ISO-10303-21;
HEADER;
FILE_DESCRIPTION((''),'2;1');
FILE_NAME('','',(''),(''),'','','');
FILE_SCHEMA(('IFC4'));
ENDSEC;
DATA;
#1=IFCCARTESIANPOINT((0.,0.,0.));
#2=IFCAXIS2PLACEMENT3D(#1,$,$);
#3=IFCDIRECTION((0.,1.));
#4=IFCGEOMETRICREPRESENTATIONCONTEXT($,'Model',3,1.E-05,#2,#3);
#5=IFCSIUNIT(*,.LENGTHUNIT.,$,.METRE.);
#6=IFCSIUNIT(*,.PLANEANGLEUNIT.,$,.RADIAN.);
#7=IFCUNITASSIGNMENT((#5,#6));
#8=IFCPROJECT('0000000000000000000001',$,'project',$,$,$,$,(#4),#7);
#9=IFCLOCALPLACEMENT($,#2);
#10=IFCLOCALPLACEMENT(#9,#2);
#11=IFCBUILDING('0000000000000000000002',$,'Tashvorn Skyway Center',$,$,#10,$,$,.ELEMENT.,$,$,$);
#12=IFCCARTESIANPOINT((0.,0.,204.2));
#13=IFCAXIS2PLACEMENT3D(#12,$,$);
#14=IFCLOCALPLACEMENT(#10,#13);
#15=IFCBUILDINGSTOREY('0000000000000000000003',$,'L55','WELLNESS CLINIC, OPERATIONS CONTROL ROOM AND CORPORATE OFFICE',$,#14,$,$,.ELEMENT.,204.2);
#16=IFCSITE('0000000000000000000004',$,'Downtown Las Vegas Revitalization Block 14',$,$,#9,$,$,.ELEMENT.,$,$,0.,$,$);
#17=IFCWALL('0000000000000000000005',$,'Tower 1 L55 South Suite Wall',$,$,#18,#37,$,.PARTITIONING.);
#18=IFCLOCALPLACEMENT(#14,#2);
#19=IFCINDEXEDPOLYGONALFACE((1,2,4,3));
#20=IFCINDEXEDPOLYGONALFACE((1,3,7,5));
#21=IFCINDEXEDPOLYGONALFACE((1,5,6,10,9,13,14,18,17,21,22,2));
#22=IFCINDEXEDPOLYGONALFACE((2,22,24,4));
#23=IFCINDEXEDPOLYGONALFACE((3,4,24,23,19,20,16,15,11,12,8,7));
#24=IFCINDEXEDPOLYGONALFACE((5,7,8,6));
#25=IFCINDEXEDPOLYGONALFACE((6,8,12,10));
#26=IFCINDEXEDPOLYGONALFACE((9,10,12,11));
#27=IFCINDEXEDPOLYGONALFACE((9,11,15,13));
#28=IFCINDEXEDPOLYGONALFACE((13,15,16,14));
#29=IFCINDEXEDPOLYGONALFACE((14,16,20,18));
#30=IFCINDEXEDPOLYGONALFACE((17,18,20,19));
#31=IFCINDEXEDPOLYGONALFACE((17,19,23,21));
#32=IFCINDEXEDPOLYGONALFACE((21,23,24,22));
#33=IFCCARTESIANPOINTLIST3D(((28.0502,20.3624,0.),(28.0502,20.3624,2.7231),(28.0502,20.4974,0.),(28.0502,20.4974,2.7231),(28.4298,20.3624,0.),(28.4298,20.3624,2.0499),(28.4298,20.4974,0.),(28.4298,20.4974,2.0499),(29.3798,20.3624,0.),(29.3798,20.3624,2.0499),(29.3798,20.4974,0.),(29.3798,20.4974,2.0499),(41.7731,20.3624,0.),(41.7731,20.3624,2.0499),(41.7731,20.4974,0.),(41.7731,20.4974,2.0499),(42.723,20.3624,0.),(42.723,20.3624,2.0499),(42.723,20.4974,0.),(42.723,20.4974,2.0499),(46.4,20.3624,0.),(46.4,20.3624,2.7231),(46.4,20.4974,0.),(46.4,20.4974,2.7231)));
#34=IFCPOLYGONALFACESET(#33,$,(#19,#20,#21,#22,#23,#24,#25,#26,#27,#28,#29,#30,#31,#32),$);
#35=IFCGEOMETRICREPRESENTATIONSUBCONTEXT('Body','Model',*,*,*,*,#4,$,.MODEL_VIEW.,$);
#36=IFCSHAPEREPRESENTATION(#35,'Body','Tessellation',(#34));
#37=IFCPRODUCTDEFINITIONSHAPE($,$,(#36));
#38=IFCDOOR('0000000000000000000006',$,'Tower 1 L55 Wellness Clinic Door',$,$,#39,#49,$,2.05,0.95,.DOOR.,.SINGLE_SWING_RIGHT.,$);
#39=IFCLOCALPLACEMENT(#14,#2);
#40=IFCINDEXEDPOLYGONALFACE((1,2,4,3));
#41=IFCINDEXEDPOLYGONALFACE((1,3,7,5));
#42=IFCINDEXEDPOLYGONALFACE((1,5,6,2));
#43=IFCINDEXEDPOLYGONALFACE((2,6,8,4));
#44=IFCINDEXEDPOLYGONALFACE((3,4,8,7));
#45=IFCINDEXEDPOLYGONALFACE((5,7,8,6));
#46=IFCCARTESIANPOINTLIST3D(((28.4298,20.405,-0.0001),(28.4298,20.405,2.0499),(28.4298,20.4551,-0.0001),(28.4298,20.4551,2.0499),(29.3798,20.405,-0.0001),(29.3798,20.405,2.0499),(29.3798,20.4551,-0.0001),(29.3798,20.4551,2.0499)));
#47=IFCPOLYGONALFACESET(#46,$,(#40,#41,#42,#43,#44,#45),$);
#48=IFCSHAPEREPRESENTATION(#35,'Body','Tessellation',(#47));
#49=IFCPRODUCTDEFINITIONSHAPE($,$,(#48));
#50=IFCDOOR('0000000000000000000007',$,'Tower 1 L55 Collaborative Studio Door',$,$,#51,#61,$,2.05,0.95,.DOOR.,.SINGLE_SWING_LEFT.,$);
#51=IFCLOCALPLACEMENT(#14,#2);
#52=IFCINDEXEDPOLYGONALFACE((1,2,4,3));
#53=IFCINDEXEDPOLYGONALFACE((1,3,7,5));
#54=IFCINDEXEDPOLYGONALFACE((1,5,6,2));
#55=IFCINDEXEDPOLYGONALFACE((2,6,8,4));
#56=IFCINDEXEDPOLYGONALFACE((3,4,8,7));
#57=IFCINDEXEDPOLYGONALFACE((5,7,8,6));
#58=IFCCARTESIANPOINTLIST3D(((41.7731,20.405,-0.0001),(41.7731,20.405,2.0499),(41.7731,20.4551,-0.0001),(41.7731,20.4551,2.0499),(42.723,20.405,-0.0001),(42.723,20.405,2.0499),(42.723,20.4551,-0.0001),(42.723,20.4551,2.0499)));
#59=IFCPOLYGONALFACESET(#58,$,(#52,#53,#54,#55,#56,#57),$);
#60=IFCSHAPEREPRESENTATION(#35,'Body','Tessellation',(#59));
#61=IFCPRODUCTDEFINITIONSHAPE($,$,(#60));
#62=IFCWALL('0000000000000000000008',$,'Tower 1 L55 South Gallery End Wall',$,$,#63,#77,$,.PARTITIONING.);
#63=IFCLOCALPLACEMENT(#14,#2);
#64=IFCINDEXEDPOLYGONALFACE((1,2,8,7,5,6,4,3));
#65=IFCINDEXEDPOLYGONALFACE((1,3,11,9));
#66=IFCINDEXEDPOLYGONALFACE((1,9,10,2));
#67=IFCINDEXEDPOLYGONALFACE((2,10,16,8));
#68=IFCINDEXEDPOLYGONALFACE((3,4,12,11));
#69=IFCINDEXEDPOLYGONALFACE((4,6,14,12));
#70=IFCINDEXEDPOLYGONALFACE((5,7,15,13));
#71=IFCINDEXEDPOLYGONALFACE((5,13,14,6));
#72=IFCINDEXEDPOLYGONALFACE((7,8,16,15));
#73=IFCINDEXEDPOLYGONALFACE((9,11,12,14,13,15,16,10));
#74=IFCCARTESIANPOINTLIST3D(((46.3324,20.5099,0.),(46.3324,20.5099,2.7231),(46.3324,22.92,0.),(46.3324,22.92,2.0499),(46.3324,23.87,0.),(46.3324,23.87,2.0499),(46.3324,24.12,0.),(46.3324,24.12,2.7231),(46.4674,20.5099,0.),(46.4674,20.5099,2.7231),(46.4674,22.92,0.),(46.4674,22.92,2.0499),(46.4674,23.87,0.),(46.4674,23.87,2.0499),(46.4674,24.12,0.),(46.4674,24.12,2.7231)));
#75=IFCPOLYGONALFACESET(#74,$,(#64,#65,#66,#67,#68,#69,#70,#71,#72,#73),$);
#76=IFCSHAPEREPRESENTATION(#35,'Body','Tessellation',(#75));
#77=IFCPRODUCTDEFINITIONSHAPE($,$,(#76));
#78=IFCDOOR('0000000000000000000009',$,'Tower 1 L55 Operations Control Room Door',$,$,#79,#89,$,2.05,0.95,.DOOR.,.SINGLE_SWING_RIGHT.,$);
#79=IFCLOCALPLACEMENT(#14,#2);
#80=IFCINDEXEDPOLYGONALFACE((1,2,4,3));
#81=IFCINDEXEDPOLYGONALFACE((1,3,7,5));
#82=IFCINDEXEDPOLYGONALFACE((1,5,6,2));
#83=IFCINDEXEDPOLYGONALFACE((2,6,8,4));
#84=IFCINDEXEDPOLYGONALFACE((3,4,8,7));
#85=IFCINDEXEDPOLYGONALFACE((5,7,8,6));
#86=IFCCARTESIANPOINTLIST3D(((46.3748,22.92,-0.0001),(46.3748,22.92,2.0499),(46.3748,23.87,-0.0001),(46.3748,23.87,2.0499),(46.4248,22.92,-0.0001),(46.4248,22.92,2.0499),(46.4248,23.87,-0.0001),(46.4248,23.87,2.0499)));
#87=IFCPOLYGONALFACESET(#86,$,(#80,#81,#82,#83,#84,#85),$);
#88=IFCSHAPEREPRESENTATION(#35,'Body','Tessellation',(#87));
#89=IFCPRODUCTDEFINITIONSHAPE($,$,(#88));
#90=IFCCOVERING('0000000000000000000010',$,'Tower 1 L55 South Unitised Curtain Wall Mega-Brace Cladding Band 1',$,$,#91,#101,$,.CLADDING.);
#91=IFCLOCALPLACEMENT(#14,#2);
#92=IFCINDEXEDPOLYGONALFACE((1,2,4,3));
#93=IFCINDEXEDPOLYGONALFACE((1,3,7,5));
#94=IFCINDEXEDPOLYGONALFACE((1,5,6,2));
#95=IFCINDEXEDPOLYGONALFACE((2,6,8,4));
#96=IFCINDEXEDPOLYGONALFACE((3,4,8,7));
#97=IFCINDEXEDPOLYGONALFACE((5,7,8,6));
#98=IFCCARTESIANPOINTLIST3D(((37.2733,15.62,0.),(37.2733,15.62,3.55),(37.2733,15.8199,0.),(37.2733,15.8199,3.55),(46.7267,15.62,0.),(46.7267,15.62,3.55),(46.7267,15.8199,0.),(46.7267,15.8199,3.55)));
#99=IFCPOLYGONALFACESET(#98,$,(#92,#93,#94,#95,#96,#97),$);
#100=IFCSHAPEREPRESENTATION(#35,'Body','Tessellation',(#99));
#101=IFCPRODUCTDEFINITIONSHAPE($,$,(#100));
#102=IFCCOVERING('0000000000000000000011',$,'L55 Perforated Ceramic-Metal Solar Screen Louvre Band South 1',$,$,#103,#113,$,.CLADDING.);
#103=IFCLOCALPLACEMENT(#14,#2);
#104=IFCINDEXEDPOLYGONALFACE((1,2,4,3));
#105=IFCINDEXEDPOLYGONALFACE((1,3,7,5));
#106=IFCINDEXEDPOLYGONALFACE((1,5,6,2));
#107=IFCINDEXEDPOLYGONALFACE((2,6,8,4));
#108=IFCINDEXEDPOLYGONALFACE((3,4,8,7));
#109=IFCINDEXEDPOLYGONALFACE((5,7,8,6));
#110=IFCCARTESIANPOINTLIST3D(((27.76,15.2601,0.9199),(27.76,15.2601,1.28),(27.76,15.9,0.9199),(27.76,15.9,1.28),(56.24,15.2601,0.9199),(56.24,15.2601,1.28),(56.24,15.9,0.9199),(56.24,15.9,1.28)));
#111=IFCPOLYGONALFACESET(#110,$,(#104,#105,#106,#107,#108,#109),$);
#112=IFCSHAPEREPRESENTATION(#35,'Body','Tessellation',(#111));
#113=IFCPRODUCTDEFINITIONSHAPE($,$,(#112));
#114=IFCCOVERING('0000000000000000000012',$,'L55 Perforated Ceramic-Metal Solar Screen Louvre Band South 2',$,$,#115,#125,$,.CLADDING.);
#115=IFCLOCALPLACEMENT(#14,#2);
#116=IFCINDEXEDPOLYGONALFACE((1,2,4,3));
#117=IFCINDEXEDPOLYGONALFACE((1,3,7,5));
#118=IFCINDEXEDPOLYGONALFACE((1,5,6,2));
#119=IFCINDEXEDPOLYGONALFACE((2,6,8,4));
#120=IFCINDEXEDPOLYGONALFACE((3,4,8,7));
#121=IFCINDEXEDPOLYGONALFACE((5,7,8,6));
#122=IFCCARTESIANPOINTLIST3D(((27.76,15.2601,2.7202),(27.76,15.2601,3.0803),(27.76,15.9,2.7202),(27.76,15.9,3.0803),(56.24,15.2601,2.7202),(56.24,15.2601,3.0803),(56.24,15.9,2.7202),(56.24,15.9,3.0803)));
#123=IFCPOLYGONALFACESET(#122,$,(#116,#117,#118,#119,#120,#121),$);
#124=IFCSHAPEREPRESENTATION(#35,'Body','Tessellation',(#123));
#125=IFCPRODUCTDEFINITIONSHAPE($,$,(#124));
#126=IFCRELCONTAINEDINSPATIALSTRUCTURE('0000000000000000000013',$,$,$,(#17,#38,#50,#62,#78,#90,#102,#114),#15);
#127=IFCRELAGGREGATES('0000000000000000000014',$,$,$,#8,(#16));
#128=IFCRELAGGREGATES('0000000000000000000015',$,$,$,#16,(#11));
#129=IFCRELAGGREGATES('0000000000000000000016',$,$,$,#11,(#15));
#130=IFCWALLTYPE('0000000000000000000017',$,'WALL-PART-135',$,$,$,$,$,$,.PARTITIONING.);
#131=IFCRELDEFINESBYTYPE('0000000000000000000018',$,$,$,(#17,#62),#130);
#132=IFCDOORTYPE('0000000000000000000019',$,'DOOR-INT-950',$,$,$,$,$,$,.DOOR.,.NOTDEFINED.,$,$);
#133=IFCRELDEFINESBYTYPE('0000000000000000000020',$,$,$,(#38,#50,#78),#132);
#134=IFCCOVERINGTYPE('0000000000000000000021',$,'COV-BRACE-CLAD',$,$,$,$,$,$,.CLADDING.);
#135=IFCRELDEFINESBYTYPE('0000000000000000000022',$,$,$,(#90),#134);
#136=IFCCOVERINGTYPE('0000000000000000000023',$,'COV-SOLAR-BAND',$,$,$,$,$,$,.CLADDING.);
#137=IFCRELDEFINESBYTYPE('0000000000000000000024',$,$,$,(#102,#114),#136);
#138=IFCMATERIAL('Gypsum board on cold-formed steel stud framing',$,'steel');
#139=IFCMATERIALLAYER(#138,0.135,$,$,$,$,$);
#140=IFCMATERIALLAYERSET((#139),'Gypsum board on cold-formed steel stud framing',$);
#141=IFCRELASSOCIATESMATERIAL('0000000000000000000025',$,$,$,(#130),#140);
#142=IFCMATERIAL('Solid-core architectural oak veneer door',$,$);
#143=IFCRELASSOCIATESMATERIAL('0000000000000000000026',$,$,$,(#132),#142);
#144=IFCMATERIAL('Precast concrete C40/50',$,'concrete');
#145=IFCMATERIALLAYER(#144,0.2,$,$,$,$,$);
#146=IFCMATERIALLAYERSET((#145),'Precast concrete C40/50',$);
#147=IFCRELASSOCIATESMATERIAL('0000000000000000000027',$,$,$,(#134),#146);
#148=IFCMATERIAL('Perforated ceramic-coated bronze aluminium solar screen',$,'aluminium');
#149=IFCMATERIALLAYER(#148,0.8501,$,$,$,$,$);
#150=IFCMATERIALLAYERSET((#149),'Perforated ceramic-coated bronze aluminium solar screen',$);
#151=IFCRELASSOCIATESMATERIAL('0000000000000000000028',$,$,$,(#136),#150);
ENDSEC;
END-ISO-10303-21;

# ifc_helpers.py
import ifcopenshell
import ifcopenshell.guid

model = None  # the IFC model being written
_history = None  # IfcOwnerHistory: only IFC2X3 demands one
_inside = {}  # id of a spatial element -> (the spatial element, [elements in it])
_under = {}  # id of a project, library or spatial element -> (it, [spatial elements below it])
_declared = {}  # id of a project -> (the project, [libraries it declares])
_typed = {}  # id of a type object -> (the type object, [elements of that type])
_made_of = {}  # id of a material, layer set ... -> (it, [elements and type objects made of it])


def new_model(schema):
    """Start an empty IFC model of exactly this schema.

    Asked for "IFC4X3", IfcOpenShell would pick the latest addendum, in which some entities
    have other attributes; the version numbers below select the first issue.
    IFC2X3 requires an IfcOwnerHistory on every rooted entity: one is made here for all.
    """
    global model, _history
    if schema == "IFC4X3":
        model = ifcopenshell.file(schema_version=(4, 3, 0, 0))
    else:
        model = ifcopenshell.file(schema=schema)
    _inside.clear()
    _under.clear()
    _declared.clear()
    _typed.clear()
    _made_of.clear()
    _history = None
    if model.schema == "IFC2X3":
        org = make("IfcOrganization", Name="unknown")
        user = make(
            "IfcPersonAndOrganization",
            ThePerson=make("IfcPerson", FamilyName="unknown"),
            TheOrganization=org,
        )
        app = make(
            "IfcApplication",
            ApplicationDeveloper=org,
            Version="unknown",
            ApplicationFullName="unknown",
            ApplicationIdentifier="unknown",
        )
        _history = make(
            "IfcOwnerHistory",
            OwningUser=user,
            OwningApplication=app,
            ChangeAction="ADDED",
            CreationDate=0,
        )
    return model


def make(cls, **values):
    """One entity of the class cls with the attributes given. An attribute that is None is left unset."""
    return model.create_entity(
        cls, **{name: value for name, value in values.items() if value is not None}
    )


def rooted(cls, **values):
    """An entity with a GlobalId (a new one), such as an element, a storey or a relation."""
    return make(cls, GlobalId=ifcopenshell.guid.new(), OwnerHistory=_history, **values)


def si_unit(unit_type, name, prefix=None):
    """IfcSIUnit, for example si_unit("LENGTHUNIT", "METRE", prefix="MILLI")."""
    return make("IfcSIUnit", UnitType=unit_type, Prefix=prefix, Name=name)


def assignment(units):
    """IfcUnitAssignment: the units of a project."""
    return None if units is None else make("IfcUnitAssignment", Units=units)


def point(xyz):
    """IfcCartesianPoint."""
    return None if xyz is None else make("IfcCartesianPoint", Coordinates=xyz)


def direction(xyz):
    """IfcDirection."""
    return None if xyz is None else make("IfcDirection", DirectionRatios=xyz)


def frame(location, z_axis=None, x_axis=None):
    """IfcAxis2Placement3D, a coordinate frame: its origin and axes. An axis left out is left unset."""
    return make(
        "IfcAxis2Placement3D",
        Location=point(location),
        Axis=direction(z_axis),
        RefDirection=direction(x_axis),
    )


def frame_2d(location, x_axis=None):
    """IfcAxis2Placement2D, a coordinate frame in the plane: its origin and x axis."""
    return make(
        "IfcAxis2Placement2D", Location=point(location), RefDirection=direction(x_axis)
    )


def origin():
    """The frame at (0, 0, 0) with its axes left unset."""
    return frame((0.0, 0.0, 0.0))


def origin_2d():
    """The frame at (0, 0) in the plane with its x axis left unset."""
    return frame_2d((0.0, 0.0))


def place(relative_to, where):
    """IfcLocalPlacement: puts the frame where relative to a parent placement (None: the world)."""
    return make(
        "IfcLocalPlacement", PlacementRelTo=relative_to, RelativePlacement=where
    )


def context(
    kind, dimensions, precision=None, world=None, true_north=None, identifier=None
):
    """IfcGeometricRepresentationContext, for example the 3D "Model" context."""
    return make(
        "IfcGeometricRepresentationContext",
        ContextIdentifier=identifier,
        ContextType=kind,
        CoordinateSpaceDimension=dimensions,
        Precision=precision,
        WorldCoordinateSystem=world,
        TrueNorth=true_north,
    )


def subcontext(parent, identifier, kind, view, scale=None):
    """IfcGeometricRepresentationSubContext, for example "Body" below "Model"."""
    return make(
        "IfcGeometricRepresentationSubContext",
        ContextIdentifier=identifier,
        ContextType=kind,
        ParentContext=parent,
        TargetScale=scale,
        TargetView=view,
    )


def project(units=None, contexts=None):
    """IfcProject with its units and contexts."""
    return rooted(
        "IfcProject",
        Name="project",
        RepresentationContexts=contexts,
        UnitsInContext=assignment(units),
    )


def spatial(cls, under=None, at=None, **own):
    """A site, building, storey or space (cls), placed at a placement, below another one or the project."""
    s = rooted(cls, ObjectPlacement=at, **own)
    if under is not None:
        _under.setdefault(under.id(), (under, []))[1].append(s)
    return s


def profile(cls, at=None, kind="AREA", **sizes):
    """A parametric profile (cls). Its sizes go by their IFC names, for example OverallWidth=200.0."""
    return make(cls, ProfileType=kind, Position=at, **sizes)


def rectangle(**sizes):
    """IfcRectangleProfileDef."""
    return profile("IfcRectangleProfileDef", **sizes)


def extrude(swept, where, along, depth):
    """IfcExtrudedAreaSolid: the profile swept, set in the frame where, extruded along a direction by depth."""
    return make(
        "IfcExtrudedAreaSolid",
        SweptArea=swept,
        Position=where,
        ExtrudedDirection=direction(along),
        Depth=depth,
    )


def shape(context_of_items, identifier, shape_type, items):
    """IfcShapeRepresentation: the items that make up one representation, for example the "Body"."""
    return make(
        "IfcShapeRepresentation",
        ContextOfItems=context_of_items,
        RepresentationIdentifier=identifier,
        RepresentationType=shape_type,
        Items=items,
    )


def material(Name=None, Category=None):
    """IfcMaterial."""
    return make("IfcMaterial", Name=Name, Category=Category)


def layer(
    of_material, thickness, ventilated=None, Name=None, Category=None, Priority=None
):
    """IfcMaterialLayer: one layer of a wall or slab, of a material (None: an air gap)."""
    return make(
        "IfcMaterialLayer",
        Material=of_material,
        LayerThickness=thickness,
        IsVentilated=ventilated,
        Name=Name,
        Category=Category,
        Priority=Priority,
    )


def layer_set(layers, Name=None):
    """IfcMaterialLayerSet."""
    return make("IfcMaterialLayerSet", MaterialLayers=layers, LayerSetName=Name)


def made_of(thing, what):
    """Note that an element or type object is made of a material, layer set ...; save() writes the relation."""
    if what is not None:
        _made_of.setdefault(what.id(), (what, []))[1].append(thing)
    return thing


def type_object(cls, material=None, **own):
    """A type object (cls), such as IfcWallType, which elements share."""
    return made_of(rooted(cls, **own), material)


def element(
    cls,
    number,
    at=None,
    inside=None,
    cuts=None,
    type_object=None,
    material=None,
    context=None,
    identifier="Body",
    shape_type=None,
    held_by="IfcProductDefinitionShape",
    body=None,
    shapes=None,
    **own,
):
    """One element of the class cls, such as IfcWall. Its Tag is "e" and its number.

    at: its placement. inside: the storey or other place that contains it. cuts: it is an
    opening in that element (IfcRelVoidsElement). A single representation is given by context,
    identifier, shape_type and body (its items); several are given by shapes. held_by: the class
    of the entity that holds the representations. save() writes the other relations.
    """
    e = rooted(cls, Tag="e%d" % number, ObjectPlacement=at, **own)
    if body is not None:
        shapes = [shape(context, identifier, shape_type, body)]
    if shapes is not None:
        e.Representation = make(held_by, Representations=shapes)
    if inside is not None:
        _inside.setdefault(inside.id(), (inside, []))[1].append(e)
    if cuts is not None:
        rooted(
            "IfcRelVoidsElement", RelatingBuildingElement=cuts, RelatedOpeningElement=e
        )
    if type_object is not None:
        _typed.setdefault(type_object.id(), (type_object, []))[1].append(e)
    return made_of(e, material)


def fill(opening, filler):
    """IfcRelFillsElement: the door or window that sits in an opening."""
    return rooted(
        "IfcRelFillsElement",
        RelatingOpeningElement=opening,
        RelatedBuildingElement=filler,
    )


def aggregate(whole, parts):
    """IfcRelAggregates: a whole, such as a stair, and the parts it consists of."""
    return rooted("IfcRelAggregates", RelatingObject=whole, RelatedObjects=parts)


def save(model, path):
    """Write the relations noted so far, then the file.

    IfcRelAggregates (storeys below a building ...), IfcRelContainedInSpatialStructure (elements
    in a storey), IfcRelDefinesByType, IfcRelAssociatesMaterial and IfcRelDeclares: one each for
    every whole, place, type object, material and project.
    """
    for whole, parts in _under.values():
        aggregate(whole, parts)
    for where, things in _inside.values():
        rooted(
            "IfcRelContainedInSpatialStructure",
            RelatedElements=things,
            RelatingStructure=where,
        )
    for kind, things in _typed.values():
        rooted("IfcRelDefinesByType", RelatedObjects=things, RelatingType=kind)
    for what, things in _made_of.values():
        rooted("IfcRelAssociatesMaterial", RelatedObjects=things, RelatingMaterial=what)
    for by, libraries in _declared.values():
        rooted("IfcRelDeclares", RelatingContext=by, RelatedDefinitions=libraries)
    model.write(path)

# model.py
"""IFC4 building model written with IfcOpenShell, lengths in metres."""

from ifc_helpers import new_model, si_unit, direction, frame, frame_2d, origin, origin_2d, place, context, subcontext, project, spatial, rectangle, extrude, material, layer, layer_set, type_object, element, fill, save


model = new_model("IFC4")

# Units and contexts
model_context = context("Model", 3, precision=1e-05, world=origin(), true_north=direction((0.0, 1.0)))
body_context = subcontext(model_context, "Body", "Model", "MODEL_VIEW")
ifc_project = project(units=[si_unit("LENGTHUNIT", "METRE"), si_unit("PLANEANGLEUNIT", "RADIAN")], contexts=[model_context])

# Site, building, storey
site_placement = place(None, origin())
site = spatial("IfcSite", under=ifc_project, at=site_placement, Name="Downtown Las Vegas Revitalization Block 14", CompositionType="ELEMENT", RefElevation=0.0)
building_placement = place(site_placement, origin())
building = spatial("IfcBuilding", under=site, at=building_placement, Name="Tashvorn Skyway Center", CompositionType="ELEMENT")
storey_placement = place(building_placement, frame((0.0, 0.0, 204.2)))
storey = spatial("IfcBuildingStorey", under=building, at=storey_placement, Name="L55", Description="WELLNESS CLINIC, OPERATIONS CONTROL ROOM AND CORPORATE OFFICE", CompositionType="ELEMENT", Elevation=204.2)

# Shared definitions
ifc_material_1 = material(Name="Gypsum board on cold-formed steel stud framing", Category="steel")

# Wall, openings, doors
ifc_layer_1 = layer(ifc_material_1, 0.135)
ifc_layer_set_1 = layer_set([ifc_layer_1], Name="Gypsum board on cold-formed steel stud framing")
wall_type_1 = type_object("IfcWallType", Name="WALL-PART-135", PredefinedType="PARTITIONING", material=ifc_layer_set_1)
wall_1_placement = place(storey_placement, frame((46.3999, 20.4299, 0.0), z_axis=(0.0, 0.0, 1.0), x_axis=(-1.0, 0.0, 0.0)))
wall_1 = element("IfcWall", 1, at=wall_1_placement, inside=storey, type_object=wall_type_1, Name="Tower 1 L55 South Suite Wall", PredefinedType="PARTITIONING", context=body_context, shape_type="SweptSolid", body=[
    extrude(rectangle(XDim=18.3499, YDim=0.135, at=frame_2d((9.1748, 0.0))), origin(), (0.0, 0.0, 1.0), 2.7231),
])
opening_1_placement = place(wall_1_placement, frame((17.02, 0.0, 0.0)))
opening_1 = element("IfcOpeningElement", 2, at=opening_1_placement, cuts=wall_1, PredefinedType="OPENING", context=body_context, shape_type="SweptSolid", body=[
    extrude(rectangle(XDim=0.95, YDim=2.05, at=frame_2d((0.4751, 1.0249))), frame((0.0, 0.0774, 0.0), z_axis=(0.0, -1.0, 0.0), x_axis=(1.0, 0.0, 0.0)), (0.0, 0.0, 1.0), 0.155),
])
opening_2_placement = place(wall_1_placement, frame((3.6768, 0.0, 0.0)))
opening_2 = element("IfcOpeningElement", 3, at=opening_2_placement, cuts=wall_1, PredefinedType="OPENING", context=body_context, shape_type="SweptSolid", body=[
    extrude(rectangle(XDim=0.95, YDim=2.05, at=frame_2d((0.4751, 1.0249))), frame((0.0, 0.0774, 0.0), z_axis=(0.0, -1.0, 0.0), x_axis=(1.0, 0.0, 0.0)), (0.0, 0.0, 1.0), 0.155),
])
ifc_material_2 = material(Name="Solid-core architectural oak veneer door")
door_type = type_object("IfcDoorType", Name="DOOR-INT-950", OperationType="NOTDEFINED", PredefinedType="DOOR", material=ifc_material_2)
door_1_placement = place(opening_1_placement, origin())
door_1 = element("IfcDoor", 4, at=door_1_placement, inside=storey, type_object=door_type, Name="Tower 1 L55 Wellness Clinic Door", OperationType="SINGLE_SWING_RIGHT", OverallHeight=2.05, OverallWidth=0.95, PredefinedType="DOOR", context=body_context, shape_type="SweptSolid", body=[
    extrude(rectangle(XDim=0.95, YDim=2.05, at=frame_2d((0.4751, 1.0249))), frame((0.0, 0.0249, 0.0), z_axis=(0.0, -1.0, 0.0), x_axis=(1.0, 0.0, 0.0)), (0.0, 0.0, 1.0), 0.05),
])
fill(opening_1, door_1)
door_2_placement = place(opening_2_placement, origin())
door_2 = element("IfcDoor", 5, at=door_2_placement, inside=storey, type_object=door_type, Name="Tower 1 L55 Collaborative Studio Door", OperationType="SINGLE_SWING_LEFT", OverallHeight=2.05, OverallWidth=0.95, PredefinedType="DOOR", context=body_context, shape_type="SweptSolid", body=[
    extrude(rectangle(XDim=0.95, YDim=2.05, at=frame_2d((0.4751, 1.0249))), frame((0.0, 0.0249, 0.0), z_axis=(0.0, -1.0, 0.0), x_axis=(1.0, 0.0, 0.0)), (0.0, 0.0, 1.0), 0.05),
])
fill(opening_2, door_2)

# Wall, opening, door
wall_2_placement = place(storey_placement, frame((46.3999, 24.1201, 0.0), z_axis=(0.0, 0.0, 1.0), x_axis=(0.0, -1.0, 0.0)))
wall_2 = element("IfcWall", 6, at=wall_2_placement, inside=storey, type_object=wall_type_1, Name="Tower 1 L55 South Gallery End Wall", PredefinedType="PARTITIONING", context=body_context, shape_type="SweptSolid", body=[
    extrude(rectangle(XDim=3.6101, YDim=0.135, at=frame_2d((1.8052, 0.0))), origin(), (0.0, 0.0, 1.0), 2.7231),
])
opening_3_placement = place(wall_2_placement, frame((0.25, 0.0, 0.0)))
opening_3 = element("IfcOpeningElement", 7, at=opening_3_placement, cuts=wall_2, PredefinedType="OPENING", context=body_context, shape_type="SweptSolid", body=[
    extrude(rectangle(XDim=0.95, YDim=2.05, at=frame_2d((0.4751, 1.0249))), frame((0.0, 0.0774, 0.0), z_axis=(0.0, -1.0, 0.0), x_axis=(1.0, 0.0, 0.0)), (0.0, 0.0, 1.0), 0.155),
])
door_3_placement = place(opening_3_placement, origin())
door_3 = element("IfcDoor", 8, at=door_3_placement, inside=storey, type_object=door_type, Name="Tower 1 L55 Operations Control Room Door", OperationType="SINGLE_SWING_RIGHT", OverallHeight=2.05, OverallWidth=0.95, PredefinedType="DOOR", context=body_context, shape_type="SweptSolid", body=[
    extrude(rectangle(XDim=0.95, YDim=2.05, at=frame_2d((0.4751, 1.0249))), frame((0.0, 0.0249, 0.0), z_axis=(0.0, -1.0, 0.0), x_axis=(1.0, 0.0, 0.0)), (0.0, 0.0, 1.0), 0.05),
])
fill(opening_3, door_3)

# Coverings
ifc_material_3 = material(Name="Precast concrete C40/50", Category="concrete")
ifc_layer_2 = layer(ifc_material_3, 0.2)
ifc_layer_set_2 = layer_set([ifc_layer_2], Name="Precast concrete C40/50")
covering_type_1 = type_object("IfcCoveringType", Name="COV-BRACE-CLAD", PredefinedType="CLADDING", material=ifc_layer_set_2)
covering_placement = place(storey_placement, frame((42.0, 15.72, 0.0), z_axis=(0.0, 0.0, 1.0), x_axis=(-1.0, 0.0, 0.0)))
element("IfcCovering", 9, at=covering_placement, inside=storey, type_object=covering_type_1, Name="Tower 1 L55 South Unitised Curtain Wall Mega-Brace Cladding Band 1", PredefinedType="CLADDING", context=body_context, shape_type="SweptSolid", body=[
    extrude(rectangle(XDim=9.4534, YDim=0.2, at=origin_2d()), origin(), (0.0, 0.0, 1.0), 3.55),
])
ifc_material_4 = material(Name="Perforated ceramic-coated bronze aluminium solar screen", Category="aluminium")
ifc_layer_3 = layer(ifc_material_4, 0.8501)
ifc_layer_set_3 = layer_set([ifc_layer_3], Name="Perforated ceramic-coated bronze aluminium solar screen")
covering_type_2 = type_object("IfcCoveringType", Name="COV-SOLAR-BAND", PredefinedType="CLADDING", material=ifc_layer_set_3)
for number, where, z_axis, x_axis, name in (
    (10, (42.0, 15.5801, 0.9199), (0.0, 0.0, 1.0), (-1.0, 0.0, 0.0), "L55 Perforated Ceramic-Metal Solar Screen Louvre Band South 1"),
    (11, (42.0, 15.5801, 2.7202), (0.0, 0.0, 1.0), (-1.0, 0.0, 0.0), "L55 Perforated Ceramic-Metal Solar Screen Louvre Band South 2"),
):
    element("IfcCovering", number, at=place(storey_placement, frame(where, z_axis=z_axis, x_axis=x_axis)), inside=storey, type_object=covering_type_2, Name=name, PredefinedType="CLADDING", context=body_context, shape_type="SweptSolid", body=[
        extrude(rectangle(XDim=28.48, YDim=0.6399, at=origin_2d()), origin(), (0.0, 0.0, 1.0), 0.3601),
    ])

save(model, "model.ifc")
